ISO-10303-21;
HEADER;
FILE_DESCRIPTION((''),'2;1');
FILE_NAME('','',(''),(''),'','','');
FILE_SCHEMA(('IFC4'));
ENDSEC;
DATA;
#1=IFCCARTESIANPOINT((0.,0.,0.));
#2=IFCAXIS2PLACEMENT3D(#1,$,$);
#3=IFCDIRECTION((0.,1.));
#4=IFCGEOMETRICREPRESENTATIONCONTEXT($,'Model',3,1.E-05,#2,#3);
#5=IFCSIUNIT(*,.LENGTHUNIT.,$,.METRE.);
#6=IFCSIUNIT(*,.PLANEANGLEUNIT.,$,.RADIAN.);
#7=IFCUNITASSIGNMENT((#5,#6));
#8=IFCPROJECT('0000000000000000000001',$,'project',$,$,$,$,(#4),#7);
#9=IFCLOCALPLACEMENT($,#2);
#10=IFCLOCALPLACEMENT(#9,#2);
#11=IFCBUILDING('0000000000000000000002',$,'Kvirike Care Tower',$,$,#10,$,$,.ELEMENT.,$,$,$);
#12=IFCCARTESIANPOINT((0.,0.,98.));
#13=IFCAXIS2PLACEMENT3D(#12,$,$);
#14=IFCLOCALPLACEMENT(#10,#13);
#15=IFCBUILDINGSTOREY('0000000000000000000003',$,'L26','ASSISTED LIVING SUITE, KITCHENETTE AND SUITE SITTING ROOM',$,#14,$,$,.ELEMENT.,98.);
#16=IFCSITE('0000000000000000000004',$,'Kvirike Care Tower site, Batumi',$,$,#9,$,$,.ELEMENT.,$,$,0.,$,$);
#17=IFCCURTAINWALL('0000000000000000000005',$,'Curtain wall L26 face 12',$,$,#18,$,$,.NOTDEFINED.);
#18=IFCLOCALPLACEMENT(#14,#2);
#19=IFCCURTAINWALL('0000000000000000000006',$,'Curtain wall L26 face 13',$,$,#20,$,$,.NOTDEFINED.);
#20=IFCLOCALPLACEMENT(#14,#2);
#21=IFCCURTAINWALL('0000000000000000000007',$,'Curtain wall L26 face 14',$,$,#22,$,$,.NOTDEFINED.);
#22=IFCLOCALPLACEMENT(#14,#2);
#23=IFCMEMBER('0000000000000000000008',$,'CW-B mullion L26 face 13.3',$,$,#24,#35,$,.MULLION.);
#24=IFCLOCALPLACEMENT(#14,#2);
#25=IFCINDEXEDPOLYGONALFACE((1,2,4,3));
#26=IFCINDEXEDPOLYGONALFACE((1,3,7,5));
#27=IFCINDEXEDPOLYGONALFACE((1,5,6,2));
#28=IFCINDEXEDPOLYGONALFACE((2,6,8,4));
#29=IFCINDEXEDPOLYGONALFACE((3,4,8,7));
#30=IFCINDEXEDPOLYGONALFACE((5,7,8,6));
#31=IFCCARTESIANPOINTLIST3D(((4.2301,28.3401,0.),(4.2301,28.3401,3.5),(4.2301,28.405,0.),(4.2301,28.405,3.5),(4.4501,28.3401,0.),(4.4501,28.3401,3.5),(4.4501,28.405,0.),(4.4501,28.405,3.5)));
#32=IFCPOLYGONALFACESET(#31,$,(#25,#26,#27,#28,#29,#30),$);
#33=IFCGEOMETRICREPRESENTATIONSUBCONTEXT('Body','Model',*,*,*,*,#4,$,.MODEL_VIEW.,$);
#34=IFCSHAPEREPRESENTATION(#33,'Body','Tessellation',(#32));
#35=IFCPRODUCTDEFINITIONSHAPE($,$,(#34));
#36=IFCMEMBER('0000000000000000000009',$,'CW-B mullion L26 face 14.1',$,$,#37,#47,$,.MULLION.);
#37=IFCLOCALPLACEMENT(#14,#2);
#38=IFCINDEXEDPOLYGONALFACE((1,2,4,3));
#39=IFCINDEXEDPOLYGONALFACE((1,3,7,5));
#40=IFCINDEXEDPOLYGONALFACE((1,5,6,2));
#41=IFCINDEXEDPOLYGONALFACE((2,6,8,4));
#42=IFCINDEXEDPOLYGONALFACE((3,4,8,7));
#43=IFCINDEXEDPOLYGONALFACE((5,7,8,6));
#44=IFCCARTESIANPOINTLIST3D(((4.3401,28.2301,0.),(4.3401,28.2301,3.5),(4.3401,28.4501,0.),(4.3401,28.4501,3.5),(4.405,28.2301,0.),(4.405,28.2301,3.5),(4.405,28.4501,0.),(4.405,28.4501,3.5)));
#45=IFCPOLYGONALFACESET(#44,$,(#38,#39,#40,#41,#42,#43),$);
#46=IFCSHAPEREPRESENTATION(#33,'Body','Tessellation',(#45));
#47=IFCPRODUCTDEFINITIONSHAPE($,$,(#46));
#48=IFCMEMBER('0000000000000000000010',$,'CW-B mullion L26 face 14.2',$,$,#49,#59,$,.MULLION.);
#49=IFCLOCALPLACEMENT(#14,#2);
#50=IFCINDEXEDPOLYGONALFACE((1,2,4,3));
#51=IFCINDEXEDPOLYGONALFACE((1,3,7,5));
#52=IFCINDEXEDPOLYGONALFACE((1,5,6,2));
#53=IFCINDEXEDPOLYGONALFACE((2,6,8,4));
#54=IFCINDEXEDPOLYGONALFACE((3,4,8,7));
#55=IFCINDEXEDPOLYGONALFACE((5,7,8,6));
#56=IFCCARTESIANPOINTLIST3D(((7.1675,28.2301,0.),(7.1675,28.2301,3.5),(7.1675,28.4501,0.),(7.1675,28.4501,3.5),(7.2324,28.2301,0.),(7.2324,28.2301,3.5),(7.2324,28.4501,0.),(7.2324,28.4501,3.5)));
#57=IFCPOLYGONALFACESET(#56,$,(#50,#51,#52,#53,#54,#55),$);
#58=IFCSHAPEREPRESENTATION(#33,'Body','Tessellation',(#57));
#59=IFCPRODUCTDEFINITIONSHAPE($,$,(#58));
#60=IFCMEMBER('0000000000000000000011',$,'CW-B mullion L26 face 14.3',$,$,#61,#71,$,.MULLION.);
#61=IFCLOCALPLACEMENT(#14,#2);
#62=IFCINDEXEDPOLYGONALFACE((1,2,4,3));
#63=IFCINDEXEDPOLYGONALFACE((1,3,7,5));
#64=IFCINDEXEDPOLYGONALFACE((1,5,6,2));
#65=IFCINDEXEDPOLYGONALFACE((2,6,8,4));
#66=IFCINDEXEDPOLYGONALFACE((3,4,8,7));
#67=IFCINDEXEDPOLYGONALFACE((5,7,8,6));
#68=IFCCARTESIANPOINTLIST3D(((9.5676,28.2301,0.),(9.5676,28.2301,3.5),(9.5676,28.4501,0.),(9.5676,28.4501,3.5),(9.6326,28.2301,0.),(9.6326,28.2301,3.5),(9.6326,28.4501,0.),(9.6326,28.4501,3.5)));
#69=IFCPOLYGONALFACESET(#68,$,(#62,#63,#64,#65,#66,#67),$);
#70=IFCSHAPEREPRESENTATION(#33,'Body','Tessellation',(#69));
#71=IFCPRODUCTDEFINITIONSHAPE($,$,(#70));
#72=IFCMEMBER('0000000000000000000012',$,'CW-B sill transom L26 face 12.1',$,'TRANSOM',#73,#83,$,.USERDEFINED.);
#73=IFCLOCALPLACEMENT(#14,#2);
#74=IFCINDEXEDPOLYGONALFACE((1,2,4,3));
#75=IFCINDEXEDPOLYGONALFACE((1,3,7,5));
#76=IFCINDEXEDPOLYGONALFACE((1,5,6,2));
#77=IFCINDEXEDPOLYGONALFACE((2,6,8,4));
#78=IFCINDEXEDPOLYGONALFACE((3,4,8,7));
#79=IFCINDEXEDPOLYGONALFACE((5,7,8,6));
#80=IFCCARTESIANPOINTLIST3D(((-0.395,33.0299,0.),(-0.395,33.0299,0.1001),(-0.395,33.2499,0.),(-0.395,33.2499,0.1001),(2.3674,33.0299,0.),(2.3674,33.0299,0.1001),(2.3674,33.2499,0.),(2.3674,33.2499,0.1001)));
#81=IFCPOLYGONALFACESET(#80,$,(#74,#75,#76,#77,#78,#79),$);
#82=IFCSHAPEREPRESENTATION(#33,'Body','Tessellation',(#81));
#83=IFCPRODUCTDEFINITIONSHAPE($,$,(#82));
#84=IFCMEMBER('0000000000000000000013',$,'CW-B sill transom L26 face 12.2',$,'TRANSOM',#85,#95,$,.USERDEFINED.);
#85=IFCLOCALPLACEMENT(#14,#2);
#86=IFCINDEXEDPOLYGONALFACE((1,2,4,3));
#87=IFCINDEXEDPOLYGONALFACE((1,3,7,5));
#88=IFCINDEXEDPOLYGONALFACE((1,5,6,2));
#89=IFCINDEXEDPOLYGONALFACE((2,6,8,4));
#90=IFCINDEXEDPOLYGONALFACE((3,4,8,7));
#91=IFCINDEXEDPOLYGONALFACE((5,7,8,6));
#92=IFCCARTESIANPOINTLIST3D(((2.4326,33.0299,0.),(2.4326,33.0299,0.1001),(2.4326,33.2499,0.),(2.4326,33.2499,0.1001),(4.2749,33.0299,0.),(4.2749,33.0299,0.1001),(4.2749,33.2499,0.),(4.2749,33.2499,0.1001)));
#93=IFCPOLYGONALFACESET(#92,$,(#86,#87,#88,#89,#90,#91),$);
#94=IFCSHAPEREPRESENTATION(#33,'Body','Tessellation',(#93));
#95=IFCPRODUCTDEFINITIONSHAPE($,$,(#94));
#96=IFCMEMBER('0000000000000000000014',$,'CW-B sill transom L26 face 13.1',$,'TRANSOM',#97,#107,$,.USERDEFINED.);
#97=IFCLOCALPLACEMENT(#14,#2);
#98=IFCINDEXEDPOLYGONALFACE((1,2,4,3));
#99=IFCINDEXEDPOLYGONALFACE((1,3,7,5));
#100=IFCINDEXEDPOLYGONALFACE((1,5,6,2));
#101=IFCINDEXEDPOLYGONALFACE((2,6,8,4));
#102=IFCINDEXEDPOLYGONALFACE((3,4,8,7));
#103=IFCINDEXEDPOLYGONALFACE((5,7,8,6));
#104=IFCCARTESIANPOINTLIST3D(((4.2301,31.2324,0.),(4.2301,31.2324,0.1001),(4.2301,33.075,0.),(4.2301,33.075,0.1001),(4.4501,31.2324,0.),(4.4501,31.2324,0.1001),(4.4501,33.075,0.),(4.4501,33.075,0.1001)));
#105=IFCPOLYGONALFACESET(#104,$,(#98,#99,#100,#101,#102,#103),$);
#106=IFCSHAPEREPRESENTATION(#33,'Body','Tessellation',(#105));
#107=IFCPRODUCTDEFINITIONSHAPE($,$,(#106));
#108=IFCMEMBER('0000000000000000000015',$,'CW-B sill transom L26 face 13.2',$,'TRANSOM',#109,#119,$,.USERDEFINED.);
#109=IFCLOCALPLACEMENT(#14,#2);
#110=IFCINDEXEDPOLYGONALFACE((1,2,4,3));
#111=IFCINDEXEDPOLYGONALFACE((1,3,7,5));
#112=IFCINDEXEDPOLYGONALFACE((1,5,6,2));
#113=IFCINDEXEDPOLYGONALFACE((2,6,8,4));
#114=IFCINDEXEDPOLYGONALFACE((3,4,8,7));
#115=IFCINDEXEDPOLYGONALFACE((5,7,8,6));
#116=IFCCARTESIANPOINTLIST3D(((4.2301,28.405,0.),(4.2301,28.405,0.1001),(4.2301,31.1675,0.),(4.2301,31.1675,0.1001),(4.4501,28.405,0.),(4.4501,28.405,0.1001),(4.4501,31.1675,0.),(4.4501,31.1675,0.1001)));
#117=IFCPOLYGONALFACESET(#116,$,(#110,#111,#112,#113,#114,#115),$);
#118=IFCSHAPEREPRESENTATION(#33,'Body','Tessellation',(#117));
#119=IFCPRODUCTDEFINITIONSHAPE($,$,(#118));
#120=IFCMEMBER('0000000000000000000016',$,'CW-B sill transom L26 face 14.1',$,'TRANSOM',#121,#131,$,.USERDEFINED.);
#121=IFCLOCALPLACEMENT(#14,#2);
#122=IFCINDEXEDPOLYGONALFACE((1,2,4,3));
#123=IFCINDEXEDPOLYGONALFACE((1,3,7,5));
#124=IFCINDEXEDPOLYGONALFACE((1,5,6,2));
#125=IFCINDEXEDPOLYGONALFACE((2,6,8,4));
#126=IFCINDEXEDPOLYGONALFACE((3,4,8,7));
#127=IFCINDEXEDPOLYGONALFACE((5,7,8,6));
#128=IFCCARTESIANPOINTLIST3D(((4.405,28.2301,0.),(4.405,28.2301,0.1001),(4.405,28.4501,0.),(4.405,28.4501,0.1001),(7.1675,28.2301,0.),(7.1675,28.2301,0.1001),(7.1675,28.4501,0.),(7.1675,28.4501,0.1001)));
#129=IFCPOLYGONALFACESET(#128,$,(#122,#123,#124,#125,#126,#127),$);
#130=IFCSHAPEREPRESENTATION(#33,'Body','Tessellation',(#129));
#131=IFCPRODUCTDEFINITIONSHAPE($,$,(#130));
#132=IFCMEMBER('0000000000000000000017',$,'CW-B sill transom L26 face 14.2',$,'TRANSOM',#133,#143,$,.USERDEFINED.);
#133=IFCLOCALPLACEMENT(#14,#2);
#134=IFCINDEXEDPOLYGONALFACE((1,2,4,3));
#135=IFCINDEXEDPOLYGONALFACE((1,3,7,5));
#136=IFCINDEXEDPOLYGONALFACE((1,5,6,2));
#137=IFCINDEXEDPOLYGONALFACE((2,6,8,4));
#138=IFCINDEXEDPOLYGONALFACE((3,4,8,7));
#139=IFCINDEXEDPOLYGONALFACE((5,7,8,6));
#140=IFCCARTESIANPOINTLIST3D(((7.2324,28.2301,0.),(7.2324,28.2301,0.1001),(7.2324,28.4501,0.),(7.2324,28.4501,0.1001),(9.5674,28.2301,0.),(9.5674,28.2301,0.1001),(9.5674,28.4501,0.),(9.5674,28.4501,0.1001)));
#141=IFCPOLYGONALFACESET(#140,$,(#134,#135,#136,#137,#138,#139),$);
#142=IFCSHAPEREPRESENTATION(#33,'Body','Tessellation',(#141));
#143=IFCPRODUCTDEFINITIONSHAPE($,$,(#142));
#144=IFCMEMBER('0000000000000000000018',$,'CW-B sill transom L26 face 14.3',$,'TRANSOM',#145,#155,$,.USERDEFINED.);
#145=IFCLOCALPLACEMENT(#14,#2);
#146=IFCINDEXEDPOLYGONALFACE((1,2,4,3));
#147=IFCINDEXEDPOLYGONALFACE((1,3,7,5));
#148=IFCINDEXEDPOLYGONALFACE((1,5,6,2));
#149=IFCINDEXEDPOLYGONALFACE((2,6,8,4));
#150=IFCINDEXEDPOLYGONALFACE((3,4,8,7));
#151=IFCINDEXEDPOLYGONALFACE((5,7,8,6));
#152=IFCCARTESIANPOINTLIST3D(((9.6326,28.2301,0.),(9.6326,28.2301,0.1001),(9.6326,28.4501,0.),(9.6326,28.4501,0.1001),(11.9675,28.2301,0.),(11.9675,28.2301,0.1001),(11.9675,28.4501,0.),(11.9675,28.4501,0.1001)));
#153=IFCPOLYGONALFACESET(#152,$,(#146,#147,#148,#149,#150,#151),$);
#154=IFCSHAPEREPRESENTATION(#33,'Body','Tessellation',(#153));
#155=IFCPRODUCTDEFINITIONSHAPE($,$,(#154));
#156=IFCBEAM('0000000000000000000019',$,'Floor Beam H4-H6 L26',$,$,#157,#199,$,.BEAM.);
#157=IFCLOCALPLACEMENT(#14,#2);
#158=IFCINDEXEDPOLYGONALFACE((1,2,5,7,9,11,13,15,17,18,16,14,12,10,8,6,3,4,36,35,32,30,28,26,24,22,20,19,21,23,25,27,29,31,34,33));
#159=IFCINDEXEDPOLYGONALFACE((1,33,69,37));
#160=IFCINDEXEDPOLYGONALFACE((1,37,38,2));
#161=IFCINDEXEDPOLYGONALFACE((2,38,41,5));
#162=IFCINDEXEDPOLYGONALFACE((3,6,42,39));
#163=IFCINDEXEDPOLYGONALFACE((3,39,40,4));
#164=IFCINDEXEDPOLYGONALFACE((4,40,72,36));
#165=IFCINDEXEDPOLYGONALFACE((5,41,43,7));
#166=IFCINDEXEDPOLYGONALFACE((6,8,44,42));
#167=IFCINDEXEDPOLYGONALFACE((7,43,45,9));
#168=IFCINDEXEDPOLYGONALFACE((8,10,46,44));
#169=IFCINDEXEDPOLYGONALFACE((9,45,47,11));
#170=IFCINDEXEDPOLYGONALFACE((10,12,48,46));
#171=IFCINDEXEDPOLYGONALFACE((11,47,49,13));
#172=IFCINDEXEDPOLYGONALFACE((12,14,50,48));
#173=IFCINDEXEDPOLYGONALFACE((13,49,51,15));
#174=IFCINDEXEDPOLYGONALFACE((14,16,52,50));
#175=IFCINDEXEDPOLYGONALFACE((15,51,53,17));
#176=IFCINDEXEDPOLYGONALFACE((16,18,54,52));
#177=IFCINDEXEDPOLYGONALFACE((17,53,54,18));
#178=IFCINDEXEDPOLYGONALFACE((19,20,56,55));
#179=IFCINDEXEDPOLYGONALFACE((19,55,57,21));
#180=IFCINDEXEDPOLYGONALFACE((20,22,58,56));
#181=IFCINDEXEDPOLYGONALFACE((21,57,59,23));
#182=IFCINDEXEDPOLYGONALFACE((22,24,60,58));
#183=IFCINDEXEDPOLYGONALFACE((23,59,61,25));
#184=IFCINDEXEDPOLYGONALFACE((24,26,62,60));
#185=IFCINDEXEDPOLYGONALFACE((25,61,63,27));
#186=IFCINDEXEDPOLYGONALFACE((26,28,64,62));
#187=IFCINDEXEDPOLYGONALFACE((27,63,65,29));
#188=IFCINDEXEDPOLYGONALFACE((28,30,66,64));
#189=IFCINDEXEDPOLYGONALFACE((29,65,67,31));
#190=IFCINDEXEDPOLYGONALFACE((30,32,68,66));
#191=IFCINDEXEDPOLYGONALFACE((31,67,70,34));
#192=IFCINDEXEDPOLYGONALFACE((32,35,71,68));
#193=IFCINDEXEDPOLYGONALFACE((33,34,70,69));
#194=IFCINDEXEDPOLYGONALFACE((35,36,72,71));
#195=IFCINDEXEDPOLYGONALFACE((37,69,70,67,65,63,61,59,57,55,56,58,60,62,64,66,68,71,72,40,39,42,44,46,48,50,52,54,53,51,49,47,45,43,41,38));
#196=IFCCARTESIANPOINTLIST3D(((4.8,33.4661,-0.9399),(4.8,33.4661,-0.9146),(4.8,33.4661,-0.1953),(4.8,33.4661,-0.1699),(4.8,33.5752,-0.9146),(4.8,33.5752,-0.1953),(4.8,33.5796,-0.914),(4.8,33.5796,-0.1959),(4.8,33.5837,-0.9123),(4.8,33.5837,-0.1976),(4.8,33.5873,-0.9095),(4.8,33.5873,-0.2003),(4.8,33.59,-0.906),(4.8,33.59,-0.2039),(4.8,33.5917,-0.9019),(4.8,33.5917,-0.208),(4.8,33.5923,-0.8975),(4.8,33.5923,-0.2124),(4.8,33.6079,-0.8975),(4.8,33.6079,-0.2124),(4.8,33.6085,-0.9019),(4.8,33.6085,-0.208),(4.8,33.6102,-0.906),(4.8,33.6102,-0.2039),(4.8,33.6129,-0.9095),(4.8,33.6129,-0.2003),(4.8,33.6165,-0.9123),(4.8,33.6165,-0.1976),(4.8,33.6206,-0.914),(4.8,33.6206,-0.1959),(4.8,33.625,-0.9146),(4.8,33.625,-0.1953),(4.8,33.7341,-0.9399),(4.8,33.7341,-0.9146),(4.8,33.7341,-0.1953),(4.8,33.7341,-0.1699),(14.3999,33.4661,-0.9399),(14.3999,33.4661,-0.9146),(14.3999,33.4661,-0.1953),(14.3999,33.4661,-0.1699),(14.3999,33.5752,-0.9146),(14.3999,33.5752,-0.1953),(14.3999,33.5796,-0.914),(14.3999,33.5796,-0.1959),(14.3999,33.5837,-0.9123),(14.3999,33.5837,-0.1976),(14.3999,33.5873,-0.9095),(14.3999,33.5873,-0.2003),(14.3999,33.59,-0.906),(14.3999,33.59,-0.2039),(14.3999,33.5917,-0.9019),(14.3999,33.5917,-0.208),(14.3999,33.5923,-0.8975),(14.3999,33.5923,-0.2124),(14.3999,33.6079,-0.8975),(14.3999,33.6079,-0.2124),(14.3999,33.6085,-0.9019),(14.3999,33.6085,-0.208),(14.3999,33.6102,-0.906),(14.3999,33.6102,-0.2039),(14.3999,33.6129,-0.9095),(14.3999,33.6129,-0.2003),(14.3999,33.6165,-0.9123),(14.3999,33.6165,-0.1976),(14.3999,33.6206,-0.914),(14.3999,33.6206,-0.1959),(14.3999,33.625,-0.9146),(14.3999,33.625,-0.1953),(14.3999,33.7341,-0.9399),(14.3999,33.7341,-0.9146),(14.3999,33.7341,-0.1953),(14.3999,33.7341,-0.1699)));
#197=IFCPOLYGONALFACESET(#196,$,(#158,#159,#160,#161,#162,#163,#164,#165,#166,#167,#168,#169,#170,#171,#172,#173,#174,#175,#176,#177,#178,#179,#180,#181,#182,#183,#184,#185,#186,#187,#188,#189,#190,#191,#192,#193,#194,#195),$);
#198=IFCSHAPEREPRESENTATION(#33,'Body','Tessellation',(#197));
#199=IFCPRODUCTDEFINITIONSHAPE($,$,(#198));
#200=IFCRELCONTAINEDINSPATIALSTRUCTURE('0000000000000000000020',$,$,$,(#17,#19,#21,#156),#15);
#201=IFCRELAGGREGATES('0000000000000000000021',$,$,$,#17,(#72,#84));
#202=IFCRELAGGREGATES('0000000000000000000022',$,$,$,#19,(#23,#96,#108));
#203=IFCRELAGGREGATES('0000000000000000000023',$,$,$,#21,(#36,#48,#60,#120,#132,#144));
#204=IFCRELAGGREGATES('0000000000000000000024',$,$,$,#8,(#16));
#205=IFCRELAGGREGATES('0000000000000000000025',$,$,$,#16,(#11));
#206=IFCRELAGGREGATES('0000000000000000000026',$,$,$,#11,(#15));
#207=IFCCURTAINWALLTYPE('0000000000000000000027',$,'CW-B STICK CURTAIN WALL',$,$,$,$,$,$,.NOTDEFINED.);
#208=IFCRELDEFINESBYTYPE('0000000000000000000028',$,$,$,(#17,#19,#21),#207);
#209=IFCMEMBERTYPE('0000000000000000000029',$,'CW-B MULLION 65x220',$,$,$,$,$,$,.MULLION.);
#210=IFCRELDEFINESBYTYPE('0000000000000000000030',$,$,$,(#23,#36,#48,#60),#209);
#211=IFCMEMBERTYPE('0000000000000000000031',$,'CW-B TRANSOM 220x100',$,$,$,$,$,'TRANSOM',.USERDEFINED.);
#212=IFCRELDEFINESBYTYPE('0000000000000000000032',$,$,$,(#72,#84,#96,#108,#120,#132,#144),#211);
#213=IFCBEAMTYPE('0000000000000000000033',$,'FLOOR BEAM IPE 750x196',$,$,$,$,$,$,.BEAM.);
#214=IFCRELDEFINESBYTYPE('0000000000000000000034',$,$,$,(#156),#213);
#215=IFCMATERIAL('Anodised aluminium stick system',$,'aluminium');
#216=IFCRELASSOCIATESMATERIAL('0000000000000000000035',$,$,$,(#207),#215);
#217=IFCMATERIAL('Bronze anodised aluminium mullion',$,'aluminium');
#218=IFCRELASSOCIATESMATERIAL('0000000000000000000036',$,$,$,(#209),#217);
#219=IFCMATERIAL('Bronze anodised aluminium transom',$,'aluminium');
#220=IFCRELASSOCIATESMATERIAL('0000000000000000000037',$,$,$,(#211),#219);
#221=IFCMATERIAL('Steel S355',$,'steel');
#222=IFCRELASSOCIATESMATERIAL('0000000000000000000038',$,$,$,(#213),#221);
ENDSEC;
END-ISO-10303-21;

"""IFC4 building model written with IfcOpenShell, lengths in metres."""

from ifc_helpers import new_model, si_unit, direction, frame, origin, origin_2d, place, context, subcontext, project, spatial, rectangle, i_section, extrude, material, material_profile, profile_set, type_object, element, aggregate, save


model = new_model("IFC4")

# Units and contexts
model_context = context("Model", 3, precision=1e-05, world=origin(), true_north=direction((0.0, 1.0)))
body_context = subcontext(model_context, "Body", "Model", "MODEL_VIEW")
ifc_project = project(units=[si_unit("LENGTHUNIT", "METRE"), si_unit("PLANEANGLEUNIT", "RADIAN")], contexts=[model_context])

# Site, building, storey
site_placement = place(None, origin())
site = spatial("IfcSite", under=ifc_project, at=site_placement, Name="Kvirike Care Tower site, Batumi", CompositionType="ELEMENT", RefElevation=0.0)
building_placement = place(site_placement, origin())
building = spatial("IfcBuilding", under=site, at=building_placement, Name="Kvirike Care Tower", CompositionType="ELEMENT")
storey_placement = place(building_placement, frame((0.0, 0.0, 98.0)))
storey = spatial("IfcBuildingStorey", under=building, at=storey_placement, Name="L26", Description="ASSISTED LIVING SUITE, KITCHENETTE AND SUITE SITTING ROOM", CompositionType="ELEMENT", Elevation=98.0)

# Curtain walls
ifc_material_1 = material(Name="Anodised aluminium stick system", Category="aluminium")
curtain_wall_type = type_object("IfcCurtainWallType", Name="CW-B STICK CURTAIN WALL", PredefinedType="NOTDEFINED", material=ifc_material_1)
curtain_wall_1_placement = place(storey_placement, origin())
curtain_wall_1 = element("IfcCurtainWall", 1, at=curtain_wall_1_placement, inside=storey, type_object=curtain_wall_type, Name="Curtain wall L26 face 12", PredefinedType="NOTDEFINED")
curtain_wall_2_placement = place(storey_placement, origin())
curtain_wall_2 = element("IfcCurtainWall", 2, at=curtain_wall_2_placement, inside=storey, type_object=curtain_wall_type, Name="Curtain wall L26 face 13", PredefinedType="NOTDEFINED")
curtain_wall_3_placement = place(storey_placement, origin())
curtain_wall_3 = element("IfcCurtainWall", 3, at=curtain_wall_3_placement, inside=storey, type_object=curtain_wall_type, Name="Curtain wall L26 face 14", PredefinedType="NOTDEFINED")
ifc_material_2 = material(Name="Bronze anodised aluminium mullion", Category="aluminium")
ifc_material_profile_1 = material_profile(ifc_material_2, rectangle(XDim=0.0649, YDim=0.22, at=origin_2d()), Name="CW-B MULLION 65x220")
ifc_profile_set_1 = profile_set([ifc_material_profile_1], Name="Bronze anodised aluminium mullion")
member_type_1 = type_object("IfcMemberType", Name="CW-B MULLION 65x220", PredefinedType="MULLION", material=ifc_profile_set_1)

# Members
member_1_placement = place(storey_placement, frame((4.3401, 28.3726, 0.0), z_axis=(0.0, 0.0, 1.0), x_axis=(0.0, -1.0, 0.0)))
member_1 = element("IfcMember", 4, at=member_1_placement, type_object=member_type_1, Name="CW-B mullion L26 face 13.3", PredefinedType="MULLION", context=body_context, shape_type="SweptSolid", body=[
    extrude(rectangle(XDim=0.0649, YDim=0.22, at=origin_2d()), origin(), (0.0, 0.0, 1.0), 3.5),
])
member_2_placement = place(storey_placement, frame((4.3726, 28.3401, 0.0), z_axis=(0.0, 0.0, 1.0), x_axis=(1.0, 0.0, 0.0)))
member_2 = element("IfcMember", 5, at=member_2_placement, type_object=member_type_1, Name="CW-B mullion L26 face 14.1", PredefinedType="MULLION", context=body_context, shape_type="SweptSolid", body=[
    extrude(rectangle(XDim=0.0649, YDim=0.22, at=origin_2d()), origin(), (0.0, 0.0, 1.0), 3.5),
])
member_3_placement = place(storey_placement, frame((7.2, 28.3401, 0.0), z_axis=(0.0, 0.0, 1.0), x_axis=(1.0, 0.0, 0.0)))
member_3 = element("IfcMember", 6, at=member_3_placement, type_object=member_type_1, Name="CW-B mullion L26 face 14.2", PredefinedType="MULLION", context=body_context, shape_type="SweptSolid", body=[
    extrude(rectangle(XDim=0.0649, YDim=0.22, at=origin_2d()), origin(), (0.0, 0.0, 1.0), 3.5),
])
member_4_placement = place(storey_placement, frame((9.6001, 28.3401, 0.0), z_axis=(0.0, 0.0, 1.0), x_axis=(1.0, 0.0, 0.0)))
member_4 = element("IfcMember", 7, at=member_4_placement, type_object=member_type_1, Name="CW-B mullion L26 face 14.3", PredefinedType="MULLION", context=body_context, shape_type="SweptSolid", body=[
    extrude(rectangle(XDim=0.0649, YDim=0.22, at=origin_2d()), origin(), (0.0, 0.0, 1.0), 3.5),
])
ifc_material_3 = material(Name="Bronze anodised aluminium transom", Category="aluminium")
ifc_material_profile_2 = material_profile(ifc_material_3, rectangle(XDim=0.22, YDim=0.1001, at=origin_2d()), Name="CW-B TRANSOM 220x100")
ifc_profile_set_2 = profile_set([ifc_material_profile_2], Name="Bronze anodised aluminium transom")
member_type_2 = type_object("IfcMemberType", Name="CW-B TRANSOM 220x100", ElementType="TRANSOM", PredefinedType="USERDEFINED", material=ifc_profile_set_2)
member_5_placement = place(storey_placement, frame((-0.395, 33.1399, 0.05), z_axis=(1.0, 0.0, 0.0), x_axis=(0.0, 1.0, 0.0)))
member_5 = element("IfcMember", 8, at=member_5_placement, type_object=member_type_2, Name="CW-B sill transom L26 face 12.1", ObjectType="TRANSOM", PredefinedType="USERDEFINED", context=body_context, shape_type="SweptSolid", body=[
    extrude(rectangle(XDim=0.22, YDim=0.1001, at=origin_2d()), origin(), (0.0, 0.0, 1.0), 2.7625),
])
member_6_placement = place(storey_placement, frame((2.4326, 33.1399, 0.05), z_axis=(1.0, 0.0, 0.0), x_axis=(0.0, 1.0, 0.0)))
member_6 = element("IfcMember", 9, at=member_6_placement, type_object=member_type_2, Name="CW-B sill transom L26 face 12.2", ObjectType="TRANSOM", PredefinedType="USERDEFINED", context=body_context, shape_type="SweptSolid", body=[
    extrude(rectangle(XDim=0.22, YDim=0.1001, at=origin_2d()), origin(), (0.0, 0.0, 1.0), 1.8423),
])
member_7_placement = place(storey_placement, frame((4.3401, 33.075, 0.05), z_axis=(0.0, -1.0, 0.0), x_axis=(1.0, 0.0, 0.0)))
member_7 = element("IfcMember", 10, at=member_7_placement, type_object=member_type_2, Name="CW-B sill transom L26 face 13.1", ObjectType="TRANSOM", PredefinedType="USERDEFINED", context=body_context, shape_type="SweptSolid", body=[
    extrude(rectangle(XDim=0.22, YDim=0.1001, at=origin_2d()), origin(), (0.0, 0.0, 1.0), 1.8425),
])
member_8_placement = place(storey_placement, frame((4.3401, 31.1675, 0.05), z_axis=(0.0, -1.0, 0.0), x_axis=(1.0, 0.0, 0.0)))
member_8 = element("IfcMember", 11, at=member_8_placement, type_object=member_type_2, Name="CW-B sill transom L26 face 13.2", ObjectType="TRANSOM", PredefinedType="USERDEFINED", context=body_context, shape_type="SweptSolid", body=[
    extrude(rectangle(XDim=0.22, YDim=0.1001, at=origin_2d()), origin(), (0.0, 0.0, 1.0), 2.7625),
])
member_9_placement = place(storey_placement, frame((4.405, 28.3401, 0.05), z_axis=(1.0, 0.0, 0.0), x_axis=(0.0, 1.0, 0.0)))
member_9 = element("IfcMember", 12, at=member_9_placement, type_object=member_type_2, Name="CW-B sill transom L26 face 14.1", ObjectType="TRANSOM", PredefinedType="USERDEFINED", context=body_context, shape_type="SweptSolid", body=[
    extrude(rectangle(XDim=0.22, YDim=0.1001, at=origin_2d()), origin(), (0.0, 0.0, 1.0), 2.7625),
])
member_10_placement = place(storey_placement, frame((7.2324, 28.3401, 0.05), z_axis=(1.0, 0.0, 0.0), x_axis=(0.0, 1.0, 0.0)))
member_10 = element("IfcMember", 13, at=member_10_placement, type_object=member_type_2, Name="CW-B sill transom L26 face 14.2", ObjectType="TRANSOM", PredefinedType="USERDEFINED", context=body_context, shape_type="SweptSolid", body=[
    extrude(rectangle(XDim=0.22, YDim=0.1001, at=origin_2d()), origin(), (0.0, 0.0, 1.0), 2.335),
])
member_11_placement = place(storey_placement, frame((9.6326, 28.3401, 0.05), z_axis=(1.0, 0.0, 0.0), x_axis=(0.0, 1.0, 0.0)))
member_11 = element("IfcMember", 14, at=member_11_placement, type_object=member_type_2, Name="CW-B sill transom L26 face 14.3", ObjectType="TRANSOM", PredefinedType="USERDEFINED", context=body_context, shape_type="SweptSolid", body=[
    extrude(rectangle(XDim=0.22, YDim=0.1001, at=origin_2d()), origin(), (0.0, 0.0, 1.0), 2.335),
])

# Beam
ifc_material_4 = material(Name="Steel S355", Category="steel")
ifc_material_profile_3 = material_profile(ifc_material_4, i_section(OverallWidth=0.2681, OverallDepth=0.77, WebThickness=0.0156, FlangeThickness=0.0254, FilletRadius=0.0171, at=origin_2d()), Name="IPE 750x196")
ifc_profile_set_3 = profile_set([ifc_material_profile_3], Name="Steel S355")
beam_type_1 = type_object("IfcBeamType", Name="FLOOR BEAM IPE 750x196", PredefinedType="BEAM", material=ifc_profile_set_3)
beam_1_placement = place(storey_placement, frame((4.8, 33.6001, -0.5549), z_axis=(1.0, 0.0, 0.0), x_axis=(0.0, 1.0, 0.0)))
element("IfcBeam", 15, at=beam_1_placement, inside=storey, type_object=beam_type_1, Name="Floor Beam H4-H6 L26", PredefinedType="BEAM", context=body_context, shape_type="SweptSolid", body=[
    extrude(i_section(OverallWidth=0.2681, OverallDepth=0.77, WebThickness=0.0156, FlangeThickness=0.0254, FilletRadius=0.0171, at=origin_2d()), origin(), (0.0, 0.0, 1.0), 9.5999),
])

aggregate(curtain_wall_1, [member_5, member_6])
aggregate(curtain_wall_2, [member_1, member_7, member_8])
aggregate(curtain_wall_3, [member_2, member_3, member_4, member_9, member_10, member_11])

save(model, "model.ifc")
